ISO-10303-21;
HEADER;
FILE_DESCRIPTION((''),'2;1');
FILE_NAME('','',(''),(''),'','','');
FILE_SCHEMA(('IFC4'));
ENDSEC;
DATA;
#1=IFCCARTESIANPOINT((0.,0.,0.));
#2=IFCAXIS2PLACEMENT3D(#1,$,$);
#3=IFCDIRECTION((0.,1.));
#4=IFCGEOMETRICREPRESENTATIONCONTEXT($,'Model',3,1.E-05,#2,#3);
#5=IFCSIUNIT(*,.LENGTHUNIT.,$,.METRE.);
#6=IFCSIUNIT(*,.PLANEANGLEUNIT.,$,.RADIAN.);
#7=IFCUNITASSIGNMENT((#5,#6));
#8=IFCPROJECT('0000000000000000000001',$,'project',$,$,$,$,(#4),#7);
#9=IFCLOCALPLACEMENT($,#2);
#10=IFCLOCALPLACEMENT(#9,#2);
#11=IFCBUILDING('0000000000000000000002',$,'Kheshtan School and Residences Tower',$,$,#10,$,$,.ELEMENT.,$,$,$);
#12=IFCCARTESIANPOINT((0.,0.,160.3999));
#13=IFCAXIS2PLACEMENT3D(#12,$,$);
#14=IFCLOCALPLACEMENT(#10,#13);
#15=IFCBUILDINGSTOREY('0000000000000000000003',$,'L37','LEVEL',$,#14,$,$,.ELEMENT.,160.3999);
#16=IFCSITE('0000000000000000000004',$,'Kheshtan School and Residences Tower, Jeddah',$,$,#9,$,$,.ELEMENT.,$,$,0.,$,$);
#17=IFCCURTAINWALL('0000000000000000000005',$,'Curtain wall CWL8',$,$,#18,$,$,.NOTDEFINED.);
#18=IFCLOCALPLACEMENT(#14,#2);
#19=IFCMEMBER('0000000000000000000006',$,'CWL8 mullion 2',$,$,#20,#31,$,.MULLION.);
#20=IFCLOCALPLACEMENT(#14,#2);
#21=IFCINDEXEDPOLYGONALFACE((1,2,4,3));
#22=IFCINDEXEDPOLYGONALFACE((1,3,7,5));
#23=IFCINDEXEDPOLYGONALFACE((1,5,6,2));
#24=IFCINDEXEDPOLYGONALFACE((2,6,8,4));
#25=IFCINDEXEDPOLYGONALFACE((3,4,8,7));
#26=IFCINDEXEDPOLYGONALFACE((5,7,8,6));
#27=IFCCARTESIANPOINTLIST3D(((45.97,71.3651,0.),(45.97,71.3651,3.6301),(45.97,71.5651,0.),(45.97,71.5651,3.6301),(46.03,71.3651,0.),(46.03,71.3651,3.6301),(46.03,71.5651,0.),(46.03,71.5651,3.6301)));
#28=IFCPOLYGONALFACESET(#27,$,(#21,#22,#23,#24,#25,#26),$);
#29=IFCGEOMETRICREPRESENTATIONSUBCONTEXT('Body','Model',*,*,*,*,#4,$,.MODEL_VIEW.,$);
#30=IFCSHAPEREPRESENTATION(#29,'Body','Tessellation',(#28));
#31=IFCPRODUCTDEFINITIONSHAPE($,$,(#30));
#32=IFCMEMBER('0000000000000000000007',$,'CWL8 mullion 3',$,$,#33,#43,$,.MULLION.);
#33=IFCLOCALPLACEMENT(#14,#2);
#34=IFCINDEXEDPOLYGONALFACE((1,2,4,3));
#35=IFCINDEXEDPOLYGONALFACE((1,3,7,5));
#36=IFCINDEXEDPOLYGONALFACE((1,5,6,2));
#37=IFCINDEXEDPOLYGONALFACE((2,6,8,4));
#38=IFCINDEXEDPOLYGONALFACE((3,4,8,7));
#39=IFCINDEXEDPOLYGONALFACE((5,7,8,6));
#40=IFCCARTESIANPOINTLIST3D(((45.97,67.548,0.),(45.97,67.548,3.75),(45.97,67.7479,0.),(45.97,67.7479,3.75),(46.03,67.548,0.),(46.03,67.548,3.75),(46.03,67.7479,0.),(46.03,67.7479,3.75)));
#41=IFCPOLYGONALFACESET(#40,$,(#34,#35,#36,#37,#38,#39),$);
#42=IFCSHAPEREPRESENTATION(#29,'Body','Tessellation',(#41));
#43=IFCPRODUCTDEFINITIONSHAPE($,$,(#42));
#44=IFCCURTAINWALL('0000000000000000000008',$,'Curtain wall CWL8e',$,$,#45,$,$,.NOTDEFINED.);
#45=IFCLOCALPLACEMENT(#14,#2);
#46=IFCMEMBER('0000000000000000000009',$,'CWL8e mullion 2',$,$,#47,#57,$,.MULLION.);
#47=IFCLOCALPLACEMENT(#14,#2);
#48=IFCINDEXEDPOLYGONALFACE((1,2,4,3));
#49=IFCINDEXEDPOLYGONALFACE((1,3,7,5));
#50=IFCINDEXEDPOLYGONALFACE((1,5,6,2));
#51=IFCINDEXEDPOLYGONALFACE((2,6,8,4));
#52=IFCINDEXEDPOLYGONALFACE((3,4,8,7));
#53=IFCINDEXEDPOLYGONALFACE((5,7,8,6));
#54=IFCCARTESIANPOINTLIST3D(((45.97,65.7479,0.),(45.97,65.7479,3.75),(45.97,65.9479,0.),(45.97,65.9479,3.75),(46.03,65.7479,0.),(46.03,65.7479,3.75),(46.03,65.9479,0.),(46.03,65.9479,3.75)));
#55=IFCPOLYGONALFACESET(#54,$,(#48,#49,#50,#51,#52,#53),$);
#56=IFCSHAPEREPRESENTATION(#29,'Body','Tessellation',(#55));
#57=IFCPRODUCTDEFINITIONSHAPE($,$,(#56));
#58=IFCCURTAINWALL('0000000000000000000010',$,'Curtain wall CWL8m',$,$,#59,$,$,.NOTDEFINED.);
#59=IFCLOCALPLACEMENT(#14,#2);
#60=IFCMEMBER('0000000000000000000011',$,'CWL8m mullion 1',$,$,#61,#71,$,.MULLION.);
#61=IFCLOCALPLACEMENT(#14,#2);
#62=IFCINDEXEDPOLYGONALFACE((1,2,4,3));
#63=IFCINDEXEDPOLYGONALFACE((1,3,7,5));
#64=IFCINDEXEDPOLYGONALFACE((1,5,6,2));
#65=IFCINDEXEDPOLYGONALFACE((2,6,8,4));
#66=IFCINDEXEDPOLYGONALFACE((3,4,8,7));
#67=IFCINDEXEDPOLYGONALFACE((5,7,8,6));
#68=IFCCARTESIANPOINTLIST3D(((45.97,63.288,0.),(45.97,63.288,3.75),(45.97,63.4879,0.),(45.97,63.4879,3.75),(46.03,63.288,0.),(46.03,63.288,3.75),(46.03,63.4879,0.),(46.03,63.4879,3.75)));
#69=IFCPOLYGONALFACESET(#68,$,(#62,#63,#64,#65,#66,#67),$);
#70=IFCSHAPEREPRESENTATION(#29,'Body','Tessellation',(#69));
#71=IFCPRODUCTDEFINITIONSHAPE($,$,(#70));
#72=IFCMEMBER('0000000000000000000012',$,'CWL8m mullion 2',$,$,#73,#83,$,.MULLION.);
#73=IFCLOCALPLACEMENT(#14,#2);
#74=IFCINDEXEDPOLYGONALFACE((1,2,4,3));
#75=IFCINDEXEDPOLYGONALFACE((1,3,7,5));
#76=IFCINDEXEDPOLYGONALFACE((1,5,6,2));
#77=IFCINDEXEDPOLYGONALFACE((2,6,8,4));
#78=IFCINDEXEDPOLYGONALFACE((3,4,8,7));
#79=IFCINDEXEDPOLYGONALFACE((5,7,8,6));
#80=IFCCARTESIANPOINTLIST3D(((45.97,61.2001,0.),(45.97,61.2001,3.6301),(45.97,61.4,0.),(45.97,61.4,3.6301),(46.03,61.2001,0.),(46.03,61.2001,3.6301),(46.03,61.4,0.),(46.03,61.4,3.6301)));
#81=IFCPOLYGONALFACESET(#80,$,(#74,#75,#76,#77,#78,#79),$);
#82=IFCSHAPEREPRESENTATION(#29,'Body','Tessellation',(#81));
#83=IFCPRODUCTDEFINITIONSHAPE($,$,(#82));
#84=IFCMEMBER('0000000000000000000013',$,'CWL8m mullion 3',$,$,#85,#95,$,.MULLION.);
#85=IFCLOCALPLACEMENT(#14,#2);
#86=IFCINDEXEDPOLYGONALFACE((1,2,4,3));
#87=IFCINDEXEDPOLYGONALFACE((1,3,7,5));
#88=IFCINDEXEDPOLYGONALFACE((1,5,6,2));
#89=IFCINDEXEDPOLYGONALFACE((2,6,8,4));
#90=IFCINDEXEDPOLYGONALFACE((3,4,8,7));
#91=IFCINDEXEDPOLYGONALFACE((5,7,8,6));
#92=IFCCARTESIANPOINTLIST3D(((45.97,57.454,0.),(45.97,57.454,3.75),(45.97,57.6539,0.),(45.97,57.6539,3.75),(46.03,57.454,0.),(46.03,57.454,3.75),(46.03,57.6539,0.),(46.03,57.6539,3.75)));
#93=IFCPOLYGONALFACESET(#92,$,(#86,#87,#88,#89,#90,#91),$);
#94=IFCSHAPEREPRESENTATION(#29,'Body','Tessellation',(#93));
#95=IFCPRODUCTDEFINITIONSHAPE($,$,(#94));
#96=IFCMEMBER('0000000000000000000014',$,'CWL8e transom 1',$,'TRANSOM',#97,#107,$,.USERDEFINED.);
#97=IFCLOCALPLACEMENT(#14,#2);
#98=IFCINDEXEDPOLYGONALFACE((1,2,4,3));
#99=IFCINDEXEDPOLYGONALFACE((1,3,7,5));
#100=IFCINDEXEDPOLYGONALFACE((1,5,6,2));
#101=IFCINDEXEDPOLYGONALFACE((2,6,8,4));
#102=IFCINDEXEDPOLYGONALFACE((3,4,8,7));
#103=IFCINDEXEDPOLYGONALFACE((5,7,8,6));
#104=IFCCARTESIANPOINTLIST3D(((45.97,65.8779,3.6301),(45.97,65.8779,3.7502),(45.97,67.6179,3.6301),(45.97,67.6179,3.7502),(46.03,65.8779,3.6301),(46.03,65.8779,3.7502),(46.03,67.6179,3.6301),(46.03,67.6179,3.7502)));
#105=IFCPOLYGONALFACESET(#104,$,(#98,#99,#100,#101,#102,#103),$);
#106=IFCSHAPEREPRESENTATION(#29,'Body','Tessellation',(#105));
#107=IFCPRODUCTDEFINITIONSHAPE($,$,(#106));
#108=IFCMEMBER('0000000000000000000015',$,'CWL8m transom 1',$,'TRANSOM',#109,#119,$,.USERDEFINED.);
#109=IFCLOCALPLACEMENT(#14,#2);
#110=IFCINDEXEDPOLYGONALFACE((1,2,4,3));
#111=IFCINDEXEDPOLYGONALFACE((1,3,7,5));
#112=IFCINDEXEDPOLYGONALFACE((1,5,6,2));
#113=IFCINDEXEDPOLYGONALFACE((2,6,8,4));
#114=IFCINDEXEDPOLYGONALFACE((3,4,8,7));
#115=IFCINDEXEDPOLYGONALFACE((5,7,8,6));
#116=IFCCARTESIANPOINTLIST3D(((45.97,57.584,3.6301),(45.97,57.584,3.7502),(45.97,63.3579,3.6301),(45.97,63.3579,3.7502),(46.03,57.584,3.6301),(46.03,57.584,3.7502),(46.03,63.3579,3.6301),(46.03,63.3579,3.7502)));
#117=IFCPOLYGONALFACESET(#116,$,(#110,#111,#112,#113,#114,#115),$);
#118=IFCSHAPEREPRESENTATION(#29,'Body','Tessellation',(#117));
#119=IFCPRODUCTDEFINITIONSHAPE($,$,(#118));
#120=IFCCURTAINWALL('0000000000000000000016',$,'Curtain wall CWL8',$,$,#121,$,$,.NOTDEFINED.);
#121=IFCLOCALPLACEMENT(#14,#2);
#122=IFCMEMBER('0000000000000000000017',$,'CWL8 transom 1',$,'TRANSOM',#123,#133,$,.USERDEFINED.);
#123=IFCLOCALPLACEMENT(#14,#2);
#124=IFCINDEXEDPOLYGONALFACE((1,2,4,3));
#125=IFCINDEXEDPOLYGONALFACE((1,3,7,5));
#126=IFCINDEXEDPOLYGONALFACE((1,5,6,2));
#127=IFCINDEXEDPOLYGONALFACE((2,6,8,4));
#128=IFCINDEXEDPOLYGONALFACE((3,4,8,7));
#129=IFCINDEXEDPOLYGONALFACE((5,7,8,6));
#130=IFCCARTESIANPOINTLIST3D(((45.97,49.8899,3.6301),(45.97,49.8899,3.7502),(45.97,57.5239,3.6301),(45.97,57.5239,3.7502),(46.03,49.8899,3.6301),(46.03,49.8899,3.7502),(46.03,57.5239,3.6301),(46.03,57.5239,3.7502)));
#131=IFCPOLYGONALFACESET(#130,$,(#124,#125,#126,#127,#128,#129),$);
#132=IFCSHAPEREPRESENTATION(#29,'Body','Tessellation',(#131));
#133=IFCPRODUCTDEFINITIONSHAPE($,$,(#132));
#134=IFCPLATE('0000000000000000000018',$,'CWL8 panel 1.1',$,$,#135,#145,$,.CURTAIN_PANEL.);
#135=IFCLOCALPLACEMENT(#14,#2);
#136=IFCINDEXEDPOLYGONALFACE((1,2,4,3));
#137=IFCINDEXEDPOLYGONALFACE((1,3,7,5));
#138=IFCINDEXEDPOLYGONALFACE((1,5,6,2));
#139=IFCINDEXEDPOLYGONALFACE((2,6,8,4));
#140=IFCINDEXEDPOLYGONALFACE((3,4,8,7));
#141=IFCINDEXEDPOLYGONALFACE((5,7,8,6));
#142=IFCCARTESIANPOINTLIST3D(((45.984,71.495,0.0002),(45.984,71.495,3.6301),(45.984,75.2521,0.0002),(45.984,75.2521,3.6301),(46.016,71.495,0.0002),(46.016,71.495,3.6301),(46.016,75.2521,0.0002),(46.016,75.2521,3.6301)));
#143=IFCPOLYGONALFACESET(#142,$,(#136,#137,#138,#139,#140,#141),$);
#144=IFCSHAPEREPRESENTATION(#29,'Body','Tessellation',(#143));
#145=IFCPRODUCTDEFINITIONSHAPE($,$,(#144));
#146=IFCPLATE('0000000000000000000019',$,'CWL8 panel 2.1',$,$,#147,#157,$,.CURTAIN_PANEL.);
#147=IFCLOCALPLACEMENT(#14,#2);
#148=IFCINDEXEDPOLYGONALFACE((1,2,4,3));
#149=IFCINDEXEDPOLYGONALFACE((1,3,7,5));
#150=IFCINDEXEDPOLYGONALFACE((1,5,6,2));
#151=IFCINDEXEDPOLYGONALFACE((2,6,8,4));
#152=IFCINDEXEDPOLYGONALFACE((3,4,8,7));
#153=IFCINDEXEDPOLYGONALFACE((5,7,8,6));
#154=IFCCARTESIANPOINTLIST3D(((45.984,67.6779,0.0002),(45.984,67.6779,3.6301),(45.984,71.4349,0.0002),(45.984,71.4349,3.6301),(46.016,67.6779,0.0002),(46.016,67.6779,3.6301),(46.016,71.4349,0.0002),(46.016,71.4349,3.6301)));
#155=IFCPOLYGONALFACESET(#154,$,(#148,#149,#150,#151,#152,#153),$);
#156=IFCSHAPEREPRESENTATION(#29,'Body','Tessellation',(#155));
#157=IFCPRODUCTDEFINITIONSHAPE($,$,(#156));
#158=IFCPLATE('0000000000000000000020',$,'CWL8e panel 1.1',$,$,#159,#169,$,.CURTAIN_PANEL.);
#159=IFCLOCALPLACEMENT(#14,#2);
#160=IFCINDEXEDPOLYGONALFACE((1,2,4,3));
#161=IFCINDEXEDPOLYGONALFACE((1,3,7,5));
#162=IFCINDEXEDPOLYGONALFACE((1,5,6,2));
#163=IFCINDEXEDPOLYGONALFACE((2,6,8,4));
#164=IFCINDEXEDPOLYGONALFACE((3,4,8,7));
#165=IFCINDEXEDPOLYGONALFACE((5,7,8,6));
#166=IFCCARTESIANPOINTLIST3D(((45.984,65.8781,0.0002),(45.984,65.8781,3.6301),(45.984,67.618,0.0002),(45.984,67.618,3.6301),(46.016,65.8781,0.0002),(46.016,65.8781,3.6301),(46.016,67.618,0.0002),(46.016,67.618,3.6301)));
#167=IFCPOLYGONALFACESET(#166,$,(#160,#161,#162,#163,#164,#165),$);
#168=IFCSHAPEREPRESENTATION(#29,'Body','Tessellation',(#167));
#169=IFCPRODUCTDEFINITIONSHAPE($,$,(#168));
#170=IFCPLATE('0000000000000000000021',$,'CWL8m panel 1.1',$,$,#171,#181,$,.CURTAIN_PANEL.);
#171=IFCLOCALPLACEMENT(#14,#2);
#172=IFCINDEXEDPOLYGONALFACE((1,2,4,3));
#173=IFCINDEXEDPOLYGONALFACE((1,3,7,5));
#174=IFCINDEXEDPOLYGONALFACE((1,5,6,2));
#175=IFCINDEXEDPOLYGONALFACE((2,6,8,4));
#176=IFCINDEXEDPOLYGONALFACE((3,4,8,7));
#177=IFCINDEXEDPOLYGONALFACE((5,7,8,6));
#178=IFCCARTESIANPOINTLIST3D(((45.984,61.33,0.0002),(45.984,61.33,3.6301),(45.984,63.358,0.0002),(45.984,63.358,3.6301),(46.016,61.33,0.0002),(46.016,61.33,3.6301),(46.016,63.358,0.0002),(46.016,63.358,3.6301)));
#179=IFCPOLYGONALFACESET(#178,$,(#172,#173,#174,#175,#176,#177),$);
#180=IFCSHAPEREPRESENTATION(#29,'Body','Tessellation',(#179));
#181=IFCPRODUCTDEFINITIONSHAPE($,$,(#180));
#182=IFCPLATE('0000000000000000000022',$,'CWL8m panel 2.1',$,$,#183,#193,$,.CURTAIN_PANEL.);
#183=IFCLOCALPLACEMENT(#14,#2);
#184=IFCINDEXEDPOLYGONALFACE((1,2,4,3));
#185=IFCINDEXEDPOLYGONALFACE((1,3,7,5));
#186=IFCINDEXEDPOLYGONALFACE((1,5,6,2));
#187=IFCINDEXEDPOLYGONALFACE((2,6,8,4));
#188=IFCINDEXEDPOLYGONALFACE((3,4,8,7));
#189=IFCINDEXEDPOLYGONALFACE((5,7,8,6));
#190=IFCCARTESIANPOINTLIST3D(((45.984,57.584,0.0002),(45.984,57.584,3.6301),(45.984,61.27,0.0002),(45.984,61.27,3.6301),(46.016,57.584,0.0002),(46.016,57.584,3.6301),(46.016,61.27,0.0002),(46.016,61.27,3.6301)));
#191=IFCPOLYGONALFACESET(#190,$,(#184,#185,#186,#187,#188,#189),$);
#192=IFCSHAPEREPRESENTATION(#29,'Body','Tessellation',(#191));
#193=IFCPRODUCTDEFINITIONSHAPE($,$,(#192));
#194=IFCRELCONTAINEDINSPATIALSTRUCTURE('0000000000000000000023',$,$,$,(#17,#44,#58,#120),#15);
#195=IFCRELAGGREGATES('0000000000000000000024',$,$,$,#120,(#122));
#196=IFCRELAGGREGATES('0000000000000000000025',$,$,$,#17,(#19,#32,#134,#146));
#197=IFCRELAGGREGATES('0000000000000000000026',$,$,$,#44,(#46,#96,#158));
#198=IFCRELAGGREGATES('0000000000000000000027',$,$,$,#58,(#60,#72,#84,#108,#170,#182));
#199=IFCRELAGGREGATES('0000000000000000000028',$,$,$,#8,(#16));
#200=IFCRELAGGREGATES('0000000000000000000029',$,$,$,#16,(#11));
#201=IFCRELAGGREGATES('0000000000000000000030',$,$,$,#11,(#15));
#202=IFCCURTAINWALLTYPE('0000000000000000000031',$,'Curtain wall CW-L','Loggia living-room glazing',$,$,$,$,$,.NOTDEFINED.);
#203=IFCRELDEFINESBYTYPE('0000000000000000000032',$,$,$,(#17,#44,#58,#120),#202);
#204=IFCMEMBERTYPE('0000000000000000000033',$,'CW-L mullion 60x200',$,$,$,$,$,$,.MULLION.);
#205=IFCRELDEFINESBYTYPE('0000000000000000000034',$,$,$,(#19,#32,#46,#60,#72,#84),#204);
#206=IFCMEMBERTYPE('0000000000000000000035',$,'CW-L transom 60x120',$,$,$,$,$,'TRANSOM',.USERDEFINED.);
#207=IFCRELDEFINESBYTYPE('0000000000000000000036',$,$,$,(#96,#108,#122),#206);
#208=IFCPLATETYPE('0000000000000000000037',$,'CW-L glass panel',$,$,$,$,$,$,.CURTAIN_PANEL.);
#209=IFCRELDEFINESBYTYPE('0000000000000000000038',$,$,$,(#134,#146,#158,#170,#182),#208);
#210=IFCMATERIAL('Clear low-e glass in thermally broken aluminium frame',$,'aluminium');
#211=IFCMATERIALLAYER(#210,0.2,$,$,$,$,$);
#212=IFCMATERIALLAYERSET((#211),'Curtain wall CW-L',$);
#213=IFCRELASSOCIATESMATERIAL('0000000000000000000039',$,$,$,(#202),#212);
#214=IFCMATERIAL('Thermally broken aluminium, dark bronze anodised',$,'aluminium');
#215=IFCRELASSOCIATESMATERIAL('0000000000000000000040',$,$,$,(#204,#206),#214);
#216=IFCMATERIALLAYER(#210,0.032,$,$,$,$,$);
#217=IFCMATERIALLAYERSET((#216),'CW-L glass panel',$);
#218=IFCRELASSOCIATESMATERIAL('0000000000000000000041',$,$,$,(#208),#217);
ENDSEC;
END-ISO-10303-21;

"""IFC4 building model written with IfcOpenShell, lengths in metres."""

from ifc_helpers import new_model, si_unit, direction, frame, origin, origin_2d, place, context, subcontext, project, spatial, rectangle, extrude, material, layer, layer_set, material_profile, profile_set, type_object, element, aggregate, save


model = new_model("IFC4")

# Units and contexts
model_context = context("Model", 3, precision=1e-05, world=origin(), true_north=direction((0.0, 1.0)))
body_context = subcontext(model_context, "Body", "Model", "MODEL_VIEW")
ifc_project = project(units=[si_unit("LENGTHUNIT", "METRE"), si_unit("PLANEANGLEUNIT", "RADIAN")], contexts=[model_context])

# Site, building, storey
site_placement = place(None, origin())
site = spatial("IfcSite", under=ifc_project, at=site_placement, Name="Kheshtan School and Residences Tower, Jeddah", CompositionType="ELEMENT", RefElevation=0.0)
building_placement = place(site_placement, origin())
building = spatial("IfcBuilding", under=site, at=building_placement, Name="Kheshtan School and Residences Tower", CompositionType="ELEMENT")
storey_placement = place(building_placement, frame((0.0, 0.0, 160.3999)))
storey = spatial("IfcBuildingStorey", under=building, at=storey_placement, Name="L37", Description="LEVEL", CompositionType="ELEMENT", Elevation=160.3999)

# Curtain wall, members
ifc_material_1 = material(Name="Clear low-e glass in thermally broken aluminium frame", Category="aluminium")
ifc_layer_1 = layer(ifc_material_1, 0.2)
ifc_layer_set_1 = layer_set([ifc_layer_1], Name="Curtain wall CW-L")
curtain_wall_type = type_object("IfcCurtainWallType", Name="Curtain wall CW-L", Description="Loggia living-room glazing", PredefinedType="NOTDEFINED", material=ifc_layer_set_1)
curtain_wall_1_placement = place(storey_placement, origin())
curtain_wall_1 = element("IfcCurtainWall", 1, at=curtain_wall_1_placement, inside=storey, type_object=curtain_wall_type, Name="Curtain wall CWL8", PredefinedType="NOTDEFINED")
ifc_material_2 = material(Name="Thermally broken aluminium, dark bronze anodised", Category="aluminium")
ifc_material_profile_1 = material_profile(ifc_material_2, rectangle(XDim=0.0601, YDim=0.2, at=origin_2d()), Name="CW-L mullion 60x200")
ifc_profile_set_1 = profile_set([ifc_material_profile_1], Name="Thermally broken aluminium, dark bronze anodised")
member_type_1 = type_object("IfcMemberType", Name="CW-L mullion 60x200", PredefinedType="MULLION", material=ifc_profile_set_1)
member_1_placement = place(storey_placement, frame((46.0, 71.4651, 0.0), z_axis=(0.0, 0.0, 1.0), x_axis=(1.0, 0.0, 0.0)))
member_1 = element("IfcMember", 2, at=member_1_placement, type_object=member_type_1, Name="CWL8 mullion 2", PredefinedType="MULLION", context=body_context, shape_type="SweptSolid", body=[
    extrude(rectangle(XDim=0.0601, YDim=0.2, at=origin_2d()), origin(), (0.0, 0.0, 1.0), 3.6301),
])
member_2_placement = place(storey_placement, frame((46.0, 67.6479, 0.0), z_axis=(0.0, 0.0, 1.0), x_axis=(1.0, 0.0, 0.0)))
member_2 = element("IfcMember", 3, at=member_2_placement, type_object=member_type_1, Name="CWL8 mullion 3", PredefinedType="MULLION", context=body_context, shape_type="SweptSolid", body=[
    extrude(rectangle(XDim=0.0601, YDim=0.2, at=origin_2d()), origin(), (0.0, 0.0, 1.0), 3.75),
])

# Curtain wall, member
curtain_wall_2_placement = place(storey_placement, origin())
curtain_wall_2 = element("IfcCurtainWall", 4, at=curtain_wall_2_placement, inside=storey, type_object=curtain_wall_type, Name="Curtain wall CWL8e", PredefinedType="NOTDEFINED")
member_3_placement = place(storey_placement, frame((46.0, 65.8479, 0.0), z_axis=(0.0, 0.0, 1.0), x_axis=(1.0, 0.0, 0.0)))
member_3 = element("IfcMember", 5, at=member_3_placement, type_object=member_type_1, Name="CWL8e mullion 2", PredefinedType="MULLION", context=body_context, shape_type="SweptSolid", body=[
    extrude(rectangle(XDim=0.0601, YDim=0.2, at=origin_2d()), origin(), (0.0, 0.0, 1.0), 3.75),
])

# Curtain wall, members
curtain_wall_3_placement = place(storey_placement, origin())
curtain_wall_3 = element("IfcCurtainWall", 6, at=curtain_wall_3_placement, inside=storey, type_object=curtain_wall_type, Name="Curtain wall CWL8m", PredefinedType="NOTDEFINED")
member_4_placement = place(storey_placement, frame((46.0, 63.3879, 0.0), z_axis=(0.0, 0.0, 1.0), x_axis=(1.0, 0.0, 0.0)))
member_4 = element("IfcMember", 7, at=member_4_placement, type_object=member_type_1, Name="CWL8m mullion 1", PredefinedType="MULLION", context=body_context, shape_type="SweptSolid", body=[
    extrude(rectangle(XDim=0.0601, YDim=0.2, at=origin_2d()), origin(), (0.0, 0.0, 1.0), 3.75),
])
member_5_placement = place(storey_placement, frame((46.0, 61.3, 0.0), z_axis=(0.0, 0.0, 1.0), x_axis=(1.0, 0.0, 0.0)))
member_5 = element("IfcMember", 8, at=member_5_placement, type_object=member_type_1, Name="CWL8m mullion 2", PredefinedType="MULLION", context=body_context, shape_type="SweptSolid", body=[
    extrude(rectangle(XDim=0.0601, YDim=0.2, at=origin_2d()), origin(), (0.0, 0.0, 1.0), 3.6301),
])
member_6_placement = place(storey_placement, frame((46.0, 57.554, 0.0), z_axis=(0.0, 0.0, 1.0), x_axis=(1.0, 0.0, 0.0)))
member_6 = element("IfcMember", 9, at=member_6_placement, type_object=member_type_1, Name="CWL8m mullion 3", PredefinedType="MULLION", context=body_context, shape_type="SweptSolid", body=[
    extrude(rectangle(XDim=0.0601, YDim=0.2, at=origin_2d()), origin(), (0.0, 0.0, 1.0), 3.75),
])

# Members
ifc_material_profile_2 = material_profile(ifc_material_2, rectangle(XDim=0.0601, YDim=0.1201, at=origin_2d()), Name="CW-L transom 60x120")
ifc_profile_set_2 = profile_set([ifc_material_profile_2], Name="Thermally broken aluminium, dark bronze anodised")
member_type_2 = type_object("IfcMemberType", Name="CW-L transom 60x120", ElementType="TRANSOM", PredefinedType="USERDEFINED", material=ifc_profile_set_2)
member_7_placement = place(storey_placement, frame((46.0, 67.6179, 3.6902), z_axis=(0.0, -1.0, 0.0), x_axis=(1.0, 0.0, 0.0)))
member_7 = element("IfcMember", 10, at=member_7_placement, type_object=member_type_2, Name="CWL8e transom 1", ObjectType="TRANSOM", PredefinedType="USERDEFINED", context=body_context, shape_type="SweptSolid", body=[
    extrude(rectangle(XDim=0.0601, YDim=0.1201, at=origin_2d()), origin(), (0.0, 0.0, 1.0), 1.74),
])
member_8_placement = place(storey_placement, frame((46.0, 63.3579, 3.6902), z_axis=(0.0, -1.0, 0.0), x_axis=(1.0, 0.0, 0.0)))
member_8 = element("IfcMember", 11, at=member_8_placement, type_object=member_type_2, Name="CWL8m transom 1", ObjectType="TRANSOM", PredefinedType="USERDEFINED", context=body_context, shape_type="SweptSolid", body=[
    extrude(rectangle(XDim=0.0601, YDim=0.1201, at=origin_2d()), origin(), (0.0, 0.0, 1.0), 5.7739),
])

# Curtain wall, member
curtain_wall_4_placement = place(storey_placement, origin())
curtain_wall_4 = element("IfcCurtainWall", 12, at=curtain_wall_4_placement, inside=storey, type_object=curtain_wall_type, Name="Curtain wall CWL8", PredefinedType="NOTDEFINED")
member_9_placement = place(storey_placement, frame((46.0, 57.5239, 3.6902), z_axis=(0.0, -1.0, 0.0), x_axis=(1.0, 0.0, 0.0)))
member_9 = element("IfcMember", 13, at=member_9_placement, type_object=member_type_2, Name="CWL8 transom 1", ObjectType="TRANSOM", PredefinedType="USERDEFINED", context=body_context, shape_type="SweptSolid", body=[
    extrude(rectangle(XDim=0.0601, YDim=0.1201, at=origin_2d()), origin(), (0.0, 0.0, 1.0), 7.634),
])
aggregate(curtain_wall_4, [member_9])

# Plates
ifc_layer_2 = layer(ifc_material_1, 0.032)
ifc_layer_set_2 = layer_set([ifc_layer_2], Name="CW-L glass panel")
plate_type = type_object("IfcPlateType", Name="CW-L glass panel", PredefinedType="CURTAIN_PANEL", material=ifc_layer_set_2)
plate_1_placement = place(storey_placement, frame((46.0, 73.3735, 0.0002), z_axis=(0.0, 0.0, 1.0), x_axis=(0.0, -1.0, 0.0)))
plate_1 = element("IfcPlate", 14, at=plate_1_placement, type_object=plate_type, Name="CWL8 panel 1.1", PredefinedType="CURTAIN_PANEL", context=body_context, shape_type="SweptSolid", body=[
    extrude(rectangle(XDim=3.7571, YDim=0.032, at=origin_2d()), origin(), (0.0, 0.0, 1.0), 3.6299),
])
plate_2_placement = place(storey_placement, frame((46.0, 69.5564, 0.0002), z_axis=(0.0, 0.0, 1.0), x_axis=(0.0, -1.0, 0.0)))
plate_2 = element("IfcPlate", 15, at=plate_2_placement, type_object=plate_type, Name="CWL8 panel 2.1", PredefinedType="CURTAIN_PANEL", context=body_context, shape_type="SweptSolid", body=[
    extrude(rectangle(XDim=3.7571, YDim=0.032, at=origin_2d()), origin(), (0.0, 0.0, 1.0), 3.6299),
])
aggregate(curtain_wall_1, [member_1, member_2, plate_1, plate_2])
plate_3_placement = place(storey_placement, frame((46.0, 66.748, 0.0002), z_axis=(0.0, 0.0, 1.0), x_axis=(0.0, -1.0, 0.0)))
plate_3 = element("IfcPlate", 16, at=plate_3_placement, type_object=plate_type, Name="CWL8e panel 1.1", PredefinedType="CURTAIN_PANEL", context=body_context, shape_type="SweptSolid", body=[
    extrude(rectangle(XDim=1.74, YDim=0.032, at=origin_2d()), origin(), (0.0, 0.0, 1.0), 3.6299),
])
aggregate(curtain_wall_2, [member_3, member_7, plate_3])
plate_4_placement = place(storey_placement, frame((46.0, 62.344, 0.0002), z_axis=(0.0, 0.0, 1.0), x_axis=(0.0, -1.0, 0.0)))
plate_4 = element("IfcPlate", 17, at=plate_4_placement, type_object=plate_type, Name="CWL8m panel 1.1", PredefinedType="CURTAIN_PANEL", context=body_context, shape_type="SweptSolid", body=[
    extrude(rectangle(XDim=2.0281, YDim=0.032, at=origin_2d()), origin(), (0.0, 0.0, 1.0), 3.6299),
])
plate_5_placement = place(storey_placement, frame((46.0, 59.427, 0.0002), z_axis=(0.0, 0.0, 1.0), x_axis=(0.0, -1.0, 0.0)))
plate_5 = element("IfcPlate", 18, at=plate_5_placement, type_object=plate_type, Name="CWL8m panel 2.1", PredefinedType="CURTAIN_PANEL", context=body_context, shape_type="SweptSolid", body=[
    extrude(rectangle(XDim=3.686, YDim=0.032, at=origin_2d()), origin(), (0.0, 0.0, 1.0), 3.6299),
])
aggregate(curtain_wall_3, [member_4, member_5, member_6, member_8, plate_4, plate_5])

save(model, "model.ifc")
